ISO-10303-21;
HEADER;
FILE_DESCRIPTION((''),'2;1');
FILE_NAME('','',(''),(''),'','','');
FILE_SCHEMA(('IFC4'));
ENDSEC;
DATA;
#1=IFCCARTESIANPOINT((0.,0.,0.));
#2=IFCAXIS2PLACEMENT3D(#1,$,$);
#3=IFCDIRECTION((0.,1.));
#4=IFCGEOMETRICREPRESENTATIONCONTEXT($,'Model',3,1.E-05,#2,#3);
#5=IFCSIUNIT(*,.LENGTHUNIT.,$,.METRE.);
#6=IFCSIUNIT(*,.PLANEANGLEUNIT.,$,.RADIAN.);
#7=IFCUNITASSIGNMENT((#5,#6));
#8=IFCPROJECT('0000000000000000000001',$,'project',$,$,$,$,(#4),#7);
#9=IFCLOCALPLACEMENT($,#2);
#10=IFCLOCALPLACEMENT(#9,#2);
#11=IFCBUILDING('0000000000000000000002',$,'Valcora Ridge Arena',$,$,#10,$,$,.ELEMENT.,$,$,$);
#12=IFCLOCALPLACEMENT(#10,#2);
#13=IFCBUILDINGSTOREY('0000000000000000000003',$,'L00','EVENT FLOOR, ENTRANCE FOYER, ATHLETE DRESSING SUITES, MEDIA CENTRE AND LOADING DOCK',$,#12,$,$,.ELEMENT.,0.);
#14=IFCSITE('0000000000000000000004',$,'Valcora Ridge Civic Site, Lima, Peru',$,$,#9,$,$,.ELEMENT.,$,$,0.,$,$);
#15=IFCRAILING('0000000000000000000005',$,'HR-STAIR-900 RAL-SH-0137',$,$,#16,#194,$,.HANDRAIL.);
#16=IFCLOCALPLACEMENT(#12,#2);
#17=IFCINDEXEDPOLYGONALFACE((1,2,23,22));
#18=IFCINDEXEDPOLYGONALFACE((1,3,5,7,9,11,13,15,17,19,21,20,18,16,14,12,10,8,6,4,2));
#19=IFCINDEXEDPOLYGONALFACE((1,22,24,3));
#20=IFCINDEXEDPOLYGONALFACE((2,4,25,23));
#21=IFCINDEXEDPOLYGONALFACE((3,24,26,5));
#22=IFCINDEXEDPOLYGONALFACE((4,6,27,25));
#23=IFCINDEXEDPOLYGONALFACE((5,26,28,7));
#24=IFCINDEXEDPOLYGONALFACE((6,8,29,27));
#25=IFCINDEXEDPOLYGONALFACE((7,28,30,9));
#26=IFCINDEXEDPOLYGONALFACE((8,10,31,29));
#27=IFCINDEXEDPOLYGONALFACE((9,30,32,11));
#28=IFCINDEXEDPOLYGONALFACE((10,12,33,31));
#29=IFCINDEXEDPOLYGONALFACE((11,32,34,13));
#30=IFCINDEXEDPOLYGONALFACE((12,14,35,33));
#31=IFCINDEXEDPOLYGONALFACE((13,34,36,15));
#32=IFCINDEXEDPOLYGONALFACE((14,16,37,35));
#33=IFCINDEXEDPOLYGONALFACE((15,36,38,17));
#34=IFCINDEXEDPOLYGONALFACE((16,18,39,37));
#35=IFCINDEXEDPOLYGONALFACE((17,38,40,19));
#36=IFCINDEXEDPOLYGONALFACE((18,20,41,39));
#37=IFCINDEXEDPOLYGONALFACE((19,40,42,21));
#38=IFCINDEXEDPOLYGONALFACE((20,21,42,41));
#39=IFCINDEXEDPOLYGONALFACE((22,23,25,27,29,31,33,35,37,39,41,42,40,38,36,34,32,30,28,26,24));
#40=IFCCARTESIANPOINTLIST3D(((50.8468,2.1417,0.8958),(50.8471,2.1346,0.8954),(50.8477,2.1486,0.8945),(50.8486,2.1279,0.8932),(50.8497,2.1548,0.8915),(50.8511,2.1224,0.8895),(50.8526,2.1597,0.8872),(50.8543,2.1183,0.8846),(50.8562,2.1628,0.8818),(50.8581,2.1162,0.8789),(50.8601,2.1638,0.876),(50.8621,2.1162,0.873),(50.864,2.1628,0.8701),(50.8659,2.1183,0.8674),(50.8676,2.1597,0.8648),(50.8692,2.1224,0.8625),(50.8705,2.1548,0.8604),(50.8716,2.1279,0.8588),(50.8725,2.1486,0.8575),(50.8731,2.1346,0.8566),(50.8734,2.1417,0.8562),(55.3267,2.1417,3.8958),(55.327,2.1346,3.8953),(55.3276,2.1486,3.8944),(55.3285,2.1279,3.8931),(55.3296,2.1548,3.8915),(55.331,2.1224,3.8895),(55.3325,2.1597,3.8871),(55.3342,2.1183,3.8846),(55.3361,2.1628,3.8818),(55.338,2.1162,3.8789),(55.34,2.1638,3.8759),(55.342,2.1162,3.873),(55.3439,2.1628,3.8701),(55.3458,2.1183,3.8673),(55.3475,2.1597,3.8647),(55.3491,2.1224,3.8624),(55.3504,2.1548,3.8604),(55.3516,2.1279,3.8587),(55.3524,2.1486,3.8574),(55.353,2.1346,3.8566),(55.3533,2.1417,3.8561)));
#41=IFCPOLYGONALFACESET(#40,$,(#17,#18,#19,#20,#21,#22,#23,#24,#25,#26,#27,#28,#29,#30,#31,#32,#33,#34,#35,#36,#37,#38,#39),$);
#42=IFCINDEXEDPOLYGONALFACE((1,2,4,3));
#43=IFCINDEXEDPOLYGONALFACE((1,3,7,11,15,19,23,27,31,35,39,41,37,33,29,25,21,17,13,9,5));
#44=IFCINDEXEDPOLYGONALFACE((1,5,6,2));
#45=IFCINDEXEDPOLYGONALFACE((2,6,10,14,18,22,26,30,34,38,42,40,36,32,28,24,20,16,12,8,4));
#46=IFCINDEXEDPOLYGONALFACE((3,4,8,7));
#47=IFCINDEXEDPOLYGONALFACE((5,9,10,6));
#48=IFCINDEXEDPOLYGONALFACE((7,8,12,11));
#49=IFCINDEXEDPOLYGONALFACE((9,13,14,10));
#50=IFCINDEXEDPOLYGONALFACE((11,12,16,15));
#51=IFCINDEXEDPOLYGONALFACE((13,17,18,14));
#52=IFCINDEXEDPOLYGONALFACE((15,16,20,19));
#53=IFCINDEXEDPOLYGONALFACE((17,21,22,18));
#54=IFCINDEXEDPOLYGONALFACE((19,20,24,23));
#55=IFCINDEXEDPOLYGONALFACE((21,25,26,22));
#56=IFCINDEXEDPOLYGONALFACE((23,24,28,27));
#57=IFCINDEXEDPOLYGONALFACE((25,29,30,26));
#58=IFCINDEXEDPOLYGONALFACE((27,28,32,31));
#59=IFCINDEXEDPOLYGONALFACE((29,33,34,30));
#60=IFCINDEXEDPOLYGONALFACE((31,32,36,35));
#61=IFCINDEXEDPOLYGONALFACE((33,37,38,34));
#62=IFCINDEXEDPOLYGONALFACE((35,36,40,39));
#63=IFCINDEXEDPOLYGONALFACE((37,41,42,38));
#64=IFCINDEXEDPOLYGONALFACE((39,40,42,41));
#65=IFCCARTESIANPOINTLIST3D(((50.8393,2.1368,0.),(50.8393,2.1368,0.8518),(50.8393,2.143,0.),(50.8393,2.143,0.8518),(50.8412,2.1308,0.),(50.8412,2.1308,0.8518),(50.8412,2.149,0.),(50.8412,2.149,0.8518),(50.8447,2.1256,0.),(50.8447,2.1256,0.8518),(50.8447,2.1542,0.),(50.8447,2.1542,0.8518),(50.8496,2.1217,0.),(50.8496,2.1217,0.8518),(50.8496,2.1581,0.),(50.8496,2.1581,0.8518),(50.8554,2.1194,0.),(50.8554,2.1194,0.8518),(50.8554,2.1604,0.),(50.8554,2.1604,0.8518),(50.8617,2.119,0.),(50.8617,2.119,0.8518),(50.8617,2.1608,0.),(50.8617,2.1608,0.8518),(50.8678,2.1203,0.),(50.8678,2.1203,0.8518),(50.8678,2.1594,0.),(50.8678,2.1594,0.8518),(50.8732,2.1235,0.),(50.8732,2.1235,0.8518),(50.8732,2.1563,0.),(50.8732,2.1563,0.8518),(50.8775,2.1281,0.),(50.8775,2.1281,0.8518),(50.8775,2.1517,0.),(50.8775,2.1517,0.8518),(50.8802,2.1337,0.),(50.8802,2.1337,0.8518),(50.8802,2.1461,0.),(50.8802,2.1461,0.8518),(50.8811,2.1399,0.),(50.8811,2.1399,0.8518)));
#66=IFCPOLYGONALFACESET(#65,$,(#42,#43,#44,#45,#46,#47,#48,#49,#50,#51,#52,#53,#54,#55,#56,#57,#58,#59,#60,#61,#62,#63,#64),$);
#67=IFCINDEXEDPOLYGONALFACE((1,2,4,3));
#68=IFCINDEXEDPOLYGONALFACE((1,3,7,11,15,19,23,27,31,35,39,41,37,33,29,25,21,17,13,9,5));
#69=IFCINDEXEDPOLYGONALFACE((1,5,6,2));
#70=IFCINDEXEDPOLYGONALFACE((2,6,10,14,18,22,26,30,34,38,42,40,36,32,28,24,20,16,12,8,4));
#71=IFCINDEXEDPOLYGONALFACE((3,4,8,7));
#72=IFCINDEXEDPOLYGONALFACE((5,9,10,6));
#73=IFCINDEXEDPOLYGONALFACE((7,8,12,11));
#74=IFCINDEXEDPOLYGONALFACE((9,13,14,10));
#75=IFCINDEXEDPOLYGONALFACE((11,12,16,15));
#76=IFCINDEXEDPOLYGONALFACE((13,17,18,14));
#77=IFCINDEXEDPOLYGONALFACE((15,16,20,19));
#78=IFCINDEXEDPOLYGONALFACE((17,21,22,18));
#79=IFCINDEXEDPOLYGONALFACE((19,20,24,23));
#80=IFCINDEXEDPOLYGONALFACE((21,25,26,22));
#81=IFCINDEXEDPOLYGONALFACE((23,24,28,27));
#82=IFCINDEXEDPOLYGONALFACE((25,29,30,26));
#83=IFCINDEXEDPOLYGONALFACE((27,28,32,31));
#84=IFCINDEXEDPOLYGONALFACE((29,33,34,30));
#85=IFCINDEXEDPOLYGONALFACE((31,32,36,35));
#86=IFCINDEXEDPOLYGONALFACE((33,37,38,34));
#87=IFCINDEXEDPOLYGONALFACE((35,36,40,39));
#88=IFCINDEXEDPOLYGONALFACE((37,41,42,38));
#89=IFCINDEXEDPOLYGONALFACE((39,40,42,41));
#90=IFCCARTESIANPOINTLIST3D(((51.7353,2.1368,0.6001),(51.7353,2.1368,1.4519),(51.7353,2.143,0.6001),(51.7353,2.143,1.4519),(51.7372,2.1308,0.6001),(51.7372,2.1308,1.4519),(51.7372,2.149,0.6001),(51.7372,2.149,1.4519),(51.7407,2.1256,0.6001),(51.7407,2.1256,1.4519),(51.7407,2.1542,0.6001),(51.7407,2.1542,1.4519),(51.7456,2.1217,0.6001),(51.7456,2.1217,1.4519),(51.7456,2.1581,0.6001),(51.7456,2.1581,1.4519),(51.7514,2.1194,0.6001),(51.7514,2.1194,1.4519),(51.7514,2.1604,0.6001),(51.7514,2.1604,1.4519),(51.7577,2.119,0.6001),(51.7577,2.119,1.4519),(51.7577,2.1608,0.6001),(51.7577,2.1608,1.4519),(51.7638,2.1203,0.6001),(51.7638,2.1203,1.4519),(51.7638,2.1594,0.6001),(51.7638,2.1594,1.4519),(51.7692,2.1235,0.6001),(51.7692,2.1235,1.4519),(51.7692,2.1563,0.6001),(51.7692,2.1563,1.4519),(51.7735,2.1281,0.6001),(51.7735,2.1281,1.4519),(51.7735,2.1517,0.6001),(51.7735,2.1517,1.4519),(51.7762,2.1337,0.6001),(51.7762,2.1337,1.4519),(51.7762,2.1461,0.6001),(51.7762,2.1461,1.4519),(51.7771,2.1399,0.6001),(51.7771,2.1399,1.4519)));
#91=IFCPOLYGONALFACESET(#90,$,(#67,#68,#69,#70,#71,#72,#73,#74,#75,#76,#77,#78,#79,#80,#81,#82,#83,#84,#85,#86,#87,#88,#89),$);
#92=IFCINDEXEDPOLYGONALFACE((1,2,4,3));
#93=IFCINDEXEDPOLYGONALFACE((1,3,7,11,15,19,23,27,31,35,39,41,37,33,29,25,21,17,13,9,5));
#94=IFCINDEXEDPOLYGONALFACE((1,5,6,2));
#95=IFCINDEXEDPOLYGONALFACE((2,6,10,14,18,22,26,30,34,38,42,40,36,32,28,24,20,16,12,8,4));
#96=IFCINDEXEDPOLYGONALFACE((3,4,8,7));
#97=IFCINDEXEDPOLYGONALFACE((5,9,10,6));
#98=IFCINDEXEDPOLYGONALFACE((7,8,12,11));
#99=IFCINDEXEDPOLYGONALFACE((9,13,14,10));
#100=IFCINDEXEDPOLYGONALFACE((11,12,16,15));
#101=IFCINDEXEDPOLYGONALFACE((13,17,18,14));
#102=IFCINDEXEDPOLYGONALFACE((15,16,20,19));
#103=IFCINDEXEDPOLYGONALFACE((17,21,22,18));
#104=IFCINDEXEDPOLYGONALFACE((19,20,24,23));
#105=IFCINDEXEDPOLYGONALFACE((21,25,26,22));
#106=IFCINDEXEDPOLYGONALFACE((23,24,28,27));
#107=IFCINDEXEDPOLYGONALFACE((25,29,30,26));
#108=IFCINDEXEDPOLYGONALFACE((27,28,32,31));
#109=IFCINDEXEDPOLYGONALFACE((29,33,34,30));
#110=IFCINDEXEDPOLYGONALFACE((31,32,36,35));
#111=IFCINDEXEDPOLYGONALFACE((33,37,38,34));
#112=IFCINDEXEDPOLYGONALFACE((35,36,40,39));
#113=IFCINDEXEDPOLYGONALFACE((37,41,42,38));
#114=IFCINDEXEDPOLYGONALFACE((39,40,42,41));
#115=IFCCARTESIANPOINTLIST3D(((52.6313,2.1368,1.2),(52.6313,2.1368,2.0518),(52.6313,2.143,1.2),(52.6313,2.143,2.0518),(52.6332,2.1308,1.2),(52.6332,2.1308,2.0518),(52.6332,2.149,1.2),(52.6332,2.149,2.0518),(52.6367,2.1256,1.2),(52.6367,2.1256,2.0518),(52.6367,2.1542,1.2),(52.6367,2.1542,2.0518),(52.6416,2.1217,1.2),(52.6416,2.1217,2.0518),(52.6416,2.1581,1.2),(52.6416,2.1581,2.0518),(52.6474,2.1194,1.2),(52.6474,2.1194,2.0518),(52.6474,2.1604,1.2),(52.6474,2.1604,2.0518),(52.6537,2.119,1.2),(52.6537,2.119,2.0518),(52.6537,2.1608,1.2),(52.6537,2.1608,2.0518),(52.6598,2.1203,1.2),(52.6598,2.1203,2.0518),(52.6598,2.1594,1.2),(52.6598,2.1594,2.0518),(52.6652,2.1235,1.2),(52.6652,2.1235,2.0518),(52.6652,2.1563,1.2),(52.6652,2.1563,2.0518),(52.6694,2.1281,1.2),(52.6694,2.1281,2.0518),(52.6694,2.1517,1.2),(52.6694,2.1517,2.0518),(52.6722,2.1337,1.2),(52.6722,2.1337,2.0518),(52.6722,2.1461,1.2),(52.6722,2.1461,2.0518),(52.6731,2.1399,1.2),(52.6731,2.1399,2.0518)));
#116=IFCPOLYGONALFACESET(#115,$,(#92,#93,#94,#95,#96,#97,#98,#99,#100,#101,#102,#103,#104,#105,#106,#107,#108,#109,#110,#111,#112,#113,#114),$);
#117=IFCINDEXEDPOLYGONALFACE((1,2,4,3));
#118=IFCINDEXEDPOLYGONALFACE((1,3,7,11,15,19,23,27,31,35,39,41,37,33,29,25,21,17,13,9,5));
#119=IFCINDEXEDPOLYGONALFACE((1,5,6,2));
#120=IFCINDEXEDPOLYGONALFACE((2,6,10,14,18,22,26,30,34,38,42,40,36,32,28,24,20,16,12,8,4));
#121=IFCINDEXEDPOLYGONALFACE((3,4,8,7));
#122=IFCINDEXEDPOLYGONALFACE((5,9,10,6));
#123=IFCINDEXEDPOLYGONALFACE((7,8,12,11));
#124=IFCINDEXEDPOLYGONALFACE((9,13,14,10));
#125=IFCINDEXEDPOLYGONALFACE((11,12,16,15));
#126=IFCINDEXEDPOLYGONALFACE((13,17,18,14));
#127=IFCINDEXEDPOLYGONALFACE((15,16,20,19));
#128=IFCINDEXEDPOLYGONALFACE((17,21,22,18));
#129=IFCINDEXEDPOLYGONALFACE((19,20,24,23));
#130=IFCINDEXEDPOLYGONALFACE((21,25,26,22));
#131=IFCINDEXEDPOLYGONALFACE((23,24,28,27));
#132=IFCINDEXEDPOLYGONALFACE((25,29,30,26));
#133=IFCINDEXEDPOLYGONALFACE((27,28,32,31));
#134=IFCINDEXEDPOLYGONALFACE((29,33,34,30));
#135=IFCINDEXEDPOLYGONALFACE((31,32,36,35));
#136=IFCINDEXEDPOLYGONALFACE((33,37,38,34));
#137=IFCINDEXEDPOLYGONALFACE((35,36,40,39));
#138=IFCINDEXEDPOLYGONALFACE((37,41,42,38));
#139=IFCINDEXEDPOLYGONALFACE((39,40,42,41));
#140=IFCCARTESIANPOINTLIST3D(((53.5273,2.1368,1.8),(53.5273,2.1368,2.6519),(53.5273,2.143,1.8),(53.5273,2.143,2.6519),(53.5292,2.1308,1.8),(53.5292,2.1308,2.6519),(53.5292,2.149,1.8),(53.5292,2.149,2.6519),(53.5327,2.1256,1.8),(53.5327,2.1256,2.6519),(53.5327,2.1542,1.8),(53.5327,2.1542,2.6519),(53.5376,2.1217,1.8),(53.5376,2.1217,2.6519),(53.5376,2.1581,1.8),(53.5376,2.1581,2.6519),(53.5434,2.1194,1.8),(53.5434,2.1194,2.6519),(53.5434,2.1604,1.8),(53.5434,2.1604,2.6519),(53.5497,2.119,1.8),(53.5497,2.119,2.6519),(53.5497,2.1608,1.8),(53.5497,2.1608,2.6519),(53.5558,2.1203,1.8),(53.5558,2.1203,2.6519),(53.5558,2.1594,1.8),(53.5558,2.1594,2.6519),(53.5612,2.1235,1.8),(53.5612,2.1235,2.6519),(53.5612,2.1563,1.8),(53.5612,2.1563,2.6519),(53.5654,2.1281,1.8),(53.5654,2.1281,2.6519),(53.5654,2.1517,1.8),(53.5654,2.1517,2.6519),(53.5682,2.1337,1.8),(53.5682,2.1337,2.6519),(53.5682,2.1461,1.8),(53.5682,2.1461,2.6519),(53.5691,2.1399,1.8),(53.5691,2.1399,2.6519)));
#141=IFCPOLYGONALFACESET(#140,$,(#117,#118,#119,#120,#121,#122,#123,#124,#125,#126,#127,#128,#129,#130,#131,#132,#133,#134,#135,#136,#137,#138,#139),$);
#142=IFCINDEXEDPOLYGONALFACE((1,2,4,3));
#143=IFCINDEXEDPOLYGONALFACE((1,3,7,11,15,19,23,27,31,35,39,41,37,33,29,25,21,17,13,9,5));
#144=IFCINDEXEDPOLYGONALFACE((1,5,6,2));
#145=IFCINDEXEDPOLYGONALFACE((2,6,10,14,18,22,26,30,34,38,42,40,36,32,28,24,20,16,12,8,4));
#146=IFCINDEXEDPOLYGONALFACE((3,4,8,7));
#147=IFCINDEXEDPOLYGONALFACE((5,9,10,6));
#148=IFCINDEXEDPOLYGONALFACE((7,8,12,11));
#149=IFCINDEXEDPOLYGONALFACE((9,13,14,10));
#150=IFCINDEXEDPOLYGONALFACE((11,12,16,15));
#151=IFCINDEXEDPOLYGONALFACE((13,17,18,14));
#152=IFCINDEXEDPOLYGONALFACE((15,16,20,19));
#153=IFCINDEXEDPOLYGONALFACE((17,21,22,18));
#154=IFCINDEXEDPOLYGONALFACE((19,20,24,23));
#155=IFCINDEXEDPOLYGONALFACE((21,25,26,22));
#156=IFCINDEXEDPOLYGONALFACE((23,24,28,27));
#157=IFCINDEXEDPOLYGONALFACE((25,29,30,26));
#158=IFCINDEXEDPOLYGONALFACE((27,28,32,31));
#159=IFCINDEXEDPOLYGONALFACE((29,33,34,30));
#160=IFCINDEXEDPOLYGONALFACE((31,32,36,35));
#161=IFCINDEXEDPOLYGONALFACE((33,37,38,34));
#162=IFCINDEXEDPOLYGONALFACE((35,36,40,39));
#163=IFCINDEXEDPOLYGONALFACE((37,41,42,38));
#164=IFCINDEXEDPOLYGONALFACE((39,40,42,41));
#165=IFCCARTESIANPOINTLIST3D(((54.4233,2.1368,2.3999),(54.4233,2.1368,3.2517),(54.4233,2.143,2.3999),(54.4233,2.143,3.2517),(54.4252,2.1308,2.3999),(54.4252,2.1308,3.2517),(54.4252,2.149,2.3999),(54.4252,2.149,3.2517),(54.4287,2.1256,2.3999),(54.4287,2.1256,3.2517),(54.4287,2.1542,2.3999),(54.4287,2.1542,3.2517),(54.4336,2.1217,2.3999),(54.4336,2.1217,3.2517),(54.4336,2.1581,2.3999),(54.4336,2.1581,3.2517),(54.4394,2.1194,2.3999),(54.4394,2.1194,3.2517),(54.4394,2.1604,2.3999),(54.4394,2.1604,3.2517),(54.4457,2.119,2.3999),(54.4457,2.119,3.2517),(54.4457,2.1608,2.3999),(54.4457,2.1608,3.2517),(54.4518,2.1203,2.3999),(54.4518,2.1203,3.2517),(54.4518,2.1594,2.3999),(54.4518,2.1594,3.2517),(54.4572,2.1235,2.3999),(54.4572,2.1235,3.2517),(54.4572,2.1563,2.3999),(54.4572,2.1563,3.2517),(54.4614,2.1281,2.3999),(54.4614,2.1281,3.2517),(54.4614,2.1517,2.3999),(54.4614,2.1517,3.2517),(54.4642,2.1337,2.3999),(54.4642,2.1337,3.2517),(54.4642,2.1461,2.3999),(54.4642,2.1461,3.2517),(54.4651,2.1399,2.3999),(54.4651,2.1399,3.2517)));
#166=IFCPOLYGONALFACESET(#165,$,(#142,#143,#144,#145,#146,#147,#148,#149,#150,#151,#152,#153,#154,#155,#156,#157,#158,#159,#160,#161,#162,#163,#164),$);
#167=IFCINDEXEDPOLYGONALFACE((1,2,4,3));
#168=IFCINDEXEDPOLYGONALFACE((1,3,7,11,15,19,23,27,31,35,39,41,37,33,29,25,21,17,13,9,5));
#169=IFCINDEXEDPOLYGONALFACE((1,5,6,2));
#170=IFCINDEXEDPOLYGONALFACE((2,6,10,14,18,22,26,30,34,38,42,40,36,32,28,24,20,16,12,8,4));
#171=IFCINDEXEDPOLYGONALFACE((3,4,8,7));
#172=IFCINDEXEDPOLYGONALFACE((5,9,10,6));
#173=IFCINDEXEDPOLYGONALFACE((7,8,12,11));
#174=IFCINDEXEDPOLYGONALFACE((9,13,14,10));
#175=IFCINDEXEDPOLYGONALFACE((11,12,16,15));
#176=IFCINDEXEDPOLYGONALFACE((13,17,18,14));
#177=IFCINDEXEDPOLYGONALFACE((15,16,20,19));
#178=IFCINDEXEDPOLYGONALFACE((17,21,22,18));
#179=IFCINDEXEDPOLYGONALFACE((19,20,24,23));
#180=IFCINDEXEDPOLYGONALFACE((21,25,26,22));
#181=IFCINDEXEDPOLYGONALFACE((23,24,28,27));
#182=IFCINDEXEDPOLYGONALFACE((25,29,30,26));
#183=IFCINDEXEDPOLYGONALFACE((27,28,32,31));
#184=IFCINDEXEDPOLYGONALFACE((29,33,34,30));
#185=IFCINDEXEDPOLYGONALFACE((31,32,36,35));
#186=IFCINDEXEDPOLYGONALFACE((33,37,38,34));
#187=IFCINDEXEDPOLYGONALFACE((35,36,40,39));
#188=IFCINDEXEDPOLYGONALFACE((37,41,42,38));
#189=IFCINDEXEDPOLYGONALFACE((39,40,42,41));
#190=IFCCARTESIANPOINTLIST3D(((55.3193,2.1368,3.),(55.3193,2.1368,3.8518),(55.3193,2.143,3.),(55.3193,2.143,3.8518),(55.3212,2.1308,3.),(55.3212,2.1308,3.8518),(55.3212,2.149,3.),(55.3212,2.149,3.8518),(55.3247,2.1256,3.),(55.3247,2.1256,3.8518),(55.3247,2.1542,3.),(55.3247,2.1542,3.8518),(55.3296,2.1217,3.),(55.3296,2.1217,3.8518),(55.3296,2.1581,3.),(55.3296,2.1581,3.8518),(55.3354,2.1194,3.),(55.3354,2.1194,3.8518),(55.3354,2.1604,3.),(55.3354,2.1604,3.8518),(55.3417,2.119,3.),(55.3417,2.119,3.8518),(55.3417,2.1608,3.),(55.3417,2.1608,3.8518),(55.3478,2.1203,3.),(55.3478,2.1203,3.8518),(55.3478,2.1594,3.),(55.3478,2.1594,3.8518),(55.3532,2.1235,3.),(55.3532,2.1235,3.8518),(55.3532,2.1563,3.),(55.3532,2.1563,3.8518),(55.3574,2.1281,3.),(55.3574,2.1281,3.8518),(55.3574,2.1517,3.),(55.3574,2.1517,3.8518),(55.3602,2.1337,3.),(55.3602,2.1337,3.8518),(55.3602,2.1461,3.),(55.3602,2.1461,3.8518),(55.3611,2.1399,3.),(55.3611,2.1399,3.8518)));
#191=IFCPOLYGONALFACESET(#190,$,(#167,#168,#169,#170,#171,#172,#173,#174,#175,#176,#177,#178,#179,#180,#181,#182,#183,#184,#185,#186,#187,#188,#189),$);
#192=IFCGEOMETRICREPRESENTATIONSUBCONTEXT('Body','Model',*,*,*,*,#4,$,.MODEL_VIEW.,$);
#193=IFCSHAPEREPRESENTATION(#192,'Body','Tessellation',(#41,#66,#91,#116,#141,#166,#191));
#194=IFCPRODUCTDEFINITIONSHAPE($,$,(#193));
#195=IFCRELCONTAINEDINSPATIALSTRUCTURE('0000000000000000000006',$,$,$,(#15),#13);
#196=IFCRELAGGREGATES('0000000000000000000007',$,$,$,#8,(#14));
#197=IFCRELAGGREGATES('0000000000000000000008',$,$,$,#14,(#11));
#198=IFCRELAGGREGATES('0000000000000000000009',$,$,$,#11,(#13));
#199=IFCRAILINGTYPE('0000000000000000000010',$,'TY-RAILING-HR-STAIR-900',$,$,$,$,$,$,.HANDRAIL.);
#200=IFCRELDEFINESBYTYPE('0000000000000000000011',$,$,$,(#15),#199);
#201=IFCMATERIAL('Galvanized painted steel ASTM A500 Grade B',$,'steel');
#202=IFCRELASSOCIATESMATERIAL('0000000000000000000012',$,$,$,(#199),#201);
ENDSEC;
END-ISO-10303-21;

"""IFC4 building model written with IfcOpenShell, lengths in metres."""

from ifc_helpers import new_model, si_unit, direction, frame, origin, origin_2d, place, context, subcontext, project, spatial, circle, extrude, material, type_object, element, save


model = new_model("IFC4")

# Units and contexts
model_context = context("Model", 3, precision=1e-05, world=origin(), true_north=direction((0.0, 1.0)))
body_context = subcontext(model_context, "Body", "Model", "MODEL_VIEW")
ifc_project = project(units=[si_unit("LENGTHUNIT", "METRE"), si_unit("PLANEANGLEUNIT", "RADIAN")], contexts=[model_context])

# Site, building, storey
site_placement = place(None, origin())
site = spatial("IfcSite", under=ifc_project, at=site_placement, Name="Valcora Ridge Civic Site, Lima, Peru", CompositionType="ELEMENT", RefElevation=0.0)
building_placement = place(site_placement, origin())
building = spatial("IfcBuilding", under=site, at=building_placement, Name="Valcora Ridge Arena", CompositionType="ELEMENT")
storey_placement = place(building_placement, origin())
storey = spatial("IfcBuildingStorey", under=building, at=storey_placement, Name="L00", Description="EVENT FLOOR, ENTRANCE FOYER, ATHLETE DRESSING SUITES, MEDIA CENTRE AND LOADING DOCK", CompositionType="ELEMENT", Elevation=0.0)

# Railing
ifc_material_1 = material(Name="Galvanized painted steel ASTM A500 Grade B", Category="steel")
railing_type = type_object("IfcRailingType", Name="TY-RAILING-HR-STAIR-900", PredefinedType="HANDRAIL", material=ifc_material_1)
railing_placement = place(storey_placement, frame((50.8601, 2.1399, 0.0)))
element("IfcRailing", 1, at=railing_placement, inside=storey, type_object=railing_type, Name="HR-STAIR-900 RAL-SH-0137", PredefinedType="HANDRAIL", context=body_context, shape_type="SweptSolid", body=[
    extrude(circle(Radius=0.0239, at=origin_2d()), frame((0.0, 0.0, 0.876), z_axis=(0.830906, 0.0, 0.556413), x_axis=(0.0, 1.0, 0.0)), (0.0, 0.0, 1.0), 5.3916),
    extrude(circle(Radius=0.021, at=origin_2d()), origin(), (0.0, 0.0, 1.0), 0.8518),
    extrude(circle(Radius=0.021, at=origin_2d()), frame((0.896, 0.0, 0.6001)), (0.0, 0.0, 1.0), 0.8518),
    extrude(circle(Radius=0.021, at=origin_2d()), frame((1.792, 0.0, 1.2)), (0.0, 0.0, 1.0), 0.8518),
    extrude(circle(Radius=0.021, at=origin_2d()), frame((2.688, 0.0, 1.8)), (0.0, 0.0, 1.0), 0.8518),
    extrude(circle(Radius=0.021, at=origin_2d()), frame((3.584, 0.0, 2.3999)), (0.0, 0.0, 1.0), 0.8518),
    extrude(circle(Radius=0.021, at=origin_2d()), frame((4.48, 0.0, 3.0)), (0.0, 0.0, 1.0), 0.8518),
])

save(model, "model.ifc")
